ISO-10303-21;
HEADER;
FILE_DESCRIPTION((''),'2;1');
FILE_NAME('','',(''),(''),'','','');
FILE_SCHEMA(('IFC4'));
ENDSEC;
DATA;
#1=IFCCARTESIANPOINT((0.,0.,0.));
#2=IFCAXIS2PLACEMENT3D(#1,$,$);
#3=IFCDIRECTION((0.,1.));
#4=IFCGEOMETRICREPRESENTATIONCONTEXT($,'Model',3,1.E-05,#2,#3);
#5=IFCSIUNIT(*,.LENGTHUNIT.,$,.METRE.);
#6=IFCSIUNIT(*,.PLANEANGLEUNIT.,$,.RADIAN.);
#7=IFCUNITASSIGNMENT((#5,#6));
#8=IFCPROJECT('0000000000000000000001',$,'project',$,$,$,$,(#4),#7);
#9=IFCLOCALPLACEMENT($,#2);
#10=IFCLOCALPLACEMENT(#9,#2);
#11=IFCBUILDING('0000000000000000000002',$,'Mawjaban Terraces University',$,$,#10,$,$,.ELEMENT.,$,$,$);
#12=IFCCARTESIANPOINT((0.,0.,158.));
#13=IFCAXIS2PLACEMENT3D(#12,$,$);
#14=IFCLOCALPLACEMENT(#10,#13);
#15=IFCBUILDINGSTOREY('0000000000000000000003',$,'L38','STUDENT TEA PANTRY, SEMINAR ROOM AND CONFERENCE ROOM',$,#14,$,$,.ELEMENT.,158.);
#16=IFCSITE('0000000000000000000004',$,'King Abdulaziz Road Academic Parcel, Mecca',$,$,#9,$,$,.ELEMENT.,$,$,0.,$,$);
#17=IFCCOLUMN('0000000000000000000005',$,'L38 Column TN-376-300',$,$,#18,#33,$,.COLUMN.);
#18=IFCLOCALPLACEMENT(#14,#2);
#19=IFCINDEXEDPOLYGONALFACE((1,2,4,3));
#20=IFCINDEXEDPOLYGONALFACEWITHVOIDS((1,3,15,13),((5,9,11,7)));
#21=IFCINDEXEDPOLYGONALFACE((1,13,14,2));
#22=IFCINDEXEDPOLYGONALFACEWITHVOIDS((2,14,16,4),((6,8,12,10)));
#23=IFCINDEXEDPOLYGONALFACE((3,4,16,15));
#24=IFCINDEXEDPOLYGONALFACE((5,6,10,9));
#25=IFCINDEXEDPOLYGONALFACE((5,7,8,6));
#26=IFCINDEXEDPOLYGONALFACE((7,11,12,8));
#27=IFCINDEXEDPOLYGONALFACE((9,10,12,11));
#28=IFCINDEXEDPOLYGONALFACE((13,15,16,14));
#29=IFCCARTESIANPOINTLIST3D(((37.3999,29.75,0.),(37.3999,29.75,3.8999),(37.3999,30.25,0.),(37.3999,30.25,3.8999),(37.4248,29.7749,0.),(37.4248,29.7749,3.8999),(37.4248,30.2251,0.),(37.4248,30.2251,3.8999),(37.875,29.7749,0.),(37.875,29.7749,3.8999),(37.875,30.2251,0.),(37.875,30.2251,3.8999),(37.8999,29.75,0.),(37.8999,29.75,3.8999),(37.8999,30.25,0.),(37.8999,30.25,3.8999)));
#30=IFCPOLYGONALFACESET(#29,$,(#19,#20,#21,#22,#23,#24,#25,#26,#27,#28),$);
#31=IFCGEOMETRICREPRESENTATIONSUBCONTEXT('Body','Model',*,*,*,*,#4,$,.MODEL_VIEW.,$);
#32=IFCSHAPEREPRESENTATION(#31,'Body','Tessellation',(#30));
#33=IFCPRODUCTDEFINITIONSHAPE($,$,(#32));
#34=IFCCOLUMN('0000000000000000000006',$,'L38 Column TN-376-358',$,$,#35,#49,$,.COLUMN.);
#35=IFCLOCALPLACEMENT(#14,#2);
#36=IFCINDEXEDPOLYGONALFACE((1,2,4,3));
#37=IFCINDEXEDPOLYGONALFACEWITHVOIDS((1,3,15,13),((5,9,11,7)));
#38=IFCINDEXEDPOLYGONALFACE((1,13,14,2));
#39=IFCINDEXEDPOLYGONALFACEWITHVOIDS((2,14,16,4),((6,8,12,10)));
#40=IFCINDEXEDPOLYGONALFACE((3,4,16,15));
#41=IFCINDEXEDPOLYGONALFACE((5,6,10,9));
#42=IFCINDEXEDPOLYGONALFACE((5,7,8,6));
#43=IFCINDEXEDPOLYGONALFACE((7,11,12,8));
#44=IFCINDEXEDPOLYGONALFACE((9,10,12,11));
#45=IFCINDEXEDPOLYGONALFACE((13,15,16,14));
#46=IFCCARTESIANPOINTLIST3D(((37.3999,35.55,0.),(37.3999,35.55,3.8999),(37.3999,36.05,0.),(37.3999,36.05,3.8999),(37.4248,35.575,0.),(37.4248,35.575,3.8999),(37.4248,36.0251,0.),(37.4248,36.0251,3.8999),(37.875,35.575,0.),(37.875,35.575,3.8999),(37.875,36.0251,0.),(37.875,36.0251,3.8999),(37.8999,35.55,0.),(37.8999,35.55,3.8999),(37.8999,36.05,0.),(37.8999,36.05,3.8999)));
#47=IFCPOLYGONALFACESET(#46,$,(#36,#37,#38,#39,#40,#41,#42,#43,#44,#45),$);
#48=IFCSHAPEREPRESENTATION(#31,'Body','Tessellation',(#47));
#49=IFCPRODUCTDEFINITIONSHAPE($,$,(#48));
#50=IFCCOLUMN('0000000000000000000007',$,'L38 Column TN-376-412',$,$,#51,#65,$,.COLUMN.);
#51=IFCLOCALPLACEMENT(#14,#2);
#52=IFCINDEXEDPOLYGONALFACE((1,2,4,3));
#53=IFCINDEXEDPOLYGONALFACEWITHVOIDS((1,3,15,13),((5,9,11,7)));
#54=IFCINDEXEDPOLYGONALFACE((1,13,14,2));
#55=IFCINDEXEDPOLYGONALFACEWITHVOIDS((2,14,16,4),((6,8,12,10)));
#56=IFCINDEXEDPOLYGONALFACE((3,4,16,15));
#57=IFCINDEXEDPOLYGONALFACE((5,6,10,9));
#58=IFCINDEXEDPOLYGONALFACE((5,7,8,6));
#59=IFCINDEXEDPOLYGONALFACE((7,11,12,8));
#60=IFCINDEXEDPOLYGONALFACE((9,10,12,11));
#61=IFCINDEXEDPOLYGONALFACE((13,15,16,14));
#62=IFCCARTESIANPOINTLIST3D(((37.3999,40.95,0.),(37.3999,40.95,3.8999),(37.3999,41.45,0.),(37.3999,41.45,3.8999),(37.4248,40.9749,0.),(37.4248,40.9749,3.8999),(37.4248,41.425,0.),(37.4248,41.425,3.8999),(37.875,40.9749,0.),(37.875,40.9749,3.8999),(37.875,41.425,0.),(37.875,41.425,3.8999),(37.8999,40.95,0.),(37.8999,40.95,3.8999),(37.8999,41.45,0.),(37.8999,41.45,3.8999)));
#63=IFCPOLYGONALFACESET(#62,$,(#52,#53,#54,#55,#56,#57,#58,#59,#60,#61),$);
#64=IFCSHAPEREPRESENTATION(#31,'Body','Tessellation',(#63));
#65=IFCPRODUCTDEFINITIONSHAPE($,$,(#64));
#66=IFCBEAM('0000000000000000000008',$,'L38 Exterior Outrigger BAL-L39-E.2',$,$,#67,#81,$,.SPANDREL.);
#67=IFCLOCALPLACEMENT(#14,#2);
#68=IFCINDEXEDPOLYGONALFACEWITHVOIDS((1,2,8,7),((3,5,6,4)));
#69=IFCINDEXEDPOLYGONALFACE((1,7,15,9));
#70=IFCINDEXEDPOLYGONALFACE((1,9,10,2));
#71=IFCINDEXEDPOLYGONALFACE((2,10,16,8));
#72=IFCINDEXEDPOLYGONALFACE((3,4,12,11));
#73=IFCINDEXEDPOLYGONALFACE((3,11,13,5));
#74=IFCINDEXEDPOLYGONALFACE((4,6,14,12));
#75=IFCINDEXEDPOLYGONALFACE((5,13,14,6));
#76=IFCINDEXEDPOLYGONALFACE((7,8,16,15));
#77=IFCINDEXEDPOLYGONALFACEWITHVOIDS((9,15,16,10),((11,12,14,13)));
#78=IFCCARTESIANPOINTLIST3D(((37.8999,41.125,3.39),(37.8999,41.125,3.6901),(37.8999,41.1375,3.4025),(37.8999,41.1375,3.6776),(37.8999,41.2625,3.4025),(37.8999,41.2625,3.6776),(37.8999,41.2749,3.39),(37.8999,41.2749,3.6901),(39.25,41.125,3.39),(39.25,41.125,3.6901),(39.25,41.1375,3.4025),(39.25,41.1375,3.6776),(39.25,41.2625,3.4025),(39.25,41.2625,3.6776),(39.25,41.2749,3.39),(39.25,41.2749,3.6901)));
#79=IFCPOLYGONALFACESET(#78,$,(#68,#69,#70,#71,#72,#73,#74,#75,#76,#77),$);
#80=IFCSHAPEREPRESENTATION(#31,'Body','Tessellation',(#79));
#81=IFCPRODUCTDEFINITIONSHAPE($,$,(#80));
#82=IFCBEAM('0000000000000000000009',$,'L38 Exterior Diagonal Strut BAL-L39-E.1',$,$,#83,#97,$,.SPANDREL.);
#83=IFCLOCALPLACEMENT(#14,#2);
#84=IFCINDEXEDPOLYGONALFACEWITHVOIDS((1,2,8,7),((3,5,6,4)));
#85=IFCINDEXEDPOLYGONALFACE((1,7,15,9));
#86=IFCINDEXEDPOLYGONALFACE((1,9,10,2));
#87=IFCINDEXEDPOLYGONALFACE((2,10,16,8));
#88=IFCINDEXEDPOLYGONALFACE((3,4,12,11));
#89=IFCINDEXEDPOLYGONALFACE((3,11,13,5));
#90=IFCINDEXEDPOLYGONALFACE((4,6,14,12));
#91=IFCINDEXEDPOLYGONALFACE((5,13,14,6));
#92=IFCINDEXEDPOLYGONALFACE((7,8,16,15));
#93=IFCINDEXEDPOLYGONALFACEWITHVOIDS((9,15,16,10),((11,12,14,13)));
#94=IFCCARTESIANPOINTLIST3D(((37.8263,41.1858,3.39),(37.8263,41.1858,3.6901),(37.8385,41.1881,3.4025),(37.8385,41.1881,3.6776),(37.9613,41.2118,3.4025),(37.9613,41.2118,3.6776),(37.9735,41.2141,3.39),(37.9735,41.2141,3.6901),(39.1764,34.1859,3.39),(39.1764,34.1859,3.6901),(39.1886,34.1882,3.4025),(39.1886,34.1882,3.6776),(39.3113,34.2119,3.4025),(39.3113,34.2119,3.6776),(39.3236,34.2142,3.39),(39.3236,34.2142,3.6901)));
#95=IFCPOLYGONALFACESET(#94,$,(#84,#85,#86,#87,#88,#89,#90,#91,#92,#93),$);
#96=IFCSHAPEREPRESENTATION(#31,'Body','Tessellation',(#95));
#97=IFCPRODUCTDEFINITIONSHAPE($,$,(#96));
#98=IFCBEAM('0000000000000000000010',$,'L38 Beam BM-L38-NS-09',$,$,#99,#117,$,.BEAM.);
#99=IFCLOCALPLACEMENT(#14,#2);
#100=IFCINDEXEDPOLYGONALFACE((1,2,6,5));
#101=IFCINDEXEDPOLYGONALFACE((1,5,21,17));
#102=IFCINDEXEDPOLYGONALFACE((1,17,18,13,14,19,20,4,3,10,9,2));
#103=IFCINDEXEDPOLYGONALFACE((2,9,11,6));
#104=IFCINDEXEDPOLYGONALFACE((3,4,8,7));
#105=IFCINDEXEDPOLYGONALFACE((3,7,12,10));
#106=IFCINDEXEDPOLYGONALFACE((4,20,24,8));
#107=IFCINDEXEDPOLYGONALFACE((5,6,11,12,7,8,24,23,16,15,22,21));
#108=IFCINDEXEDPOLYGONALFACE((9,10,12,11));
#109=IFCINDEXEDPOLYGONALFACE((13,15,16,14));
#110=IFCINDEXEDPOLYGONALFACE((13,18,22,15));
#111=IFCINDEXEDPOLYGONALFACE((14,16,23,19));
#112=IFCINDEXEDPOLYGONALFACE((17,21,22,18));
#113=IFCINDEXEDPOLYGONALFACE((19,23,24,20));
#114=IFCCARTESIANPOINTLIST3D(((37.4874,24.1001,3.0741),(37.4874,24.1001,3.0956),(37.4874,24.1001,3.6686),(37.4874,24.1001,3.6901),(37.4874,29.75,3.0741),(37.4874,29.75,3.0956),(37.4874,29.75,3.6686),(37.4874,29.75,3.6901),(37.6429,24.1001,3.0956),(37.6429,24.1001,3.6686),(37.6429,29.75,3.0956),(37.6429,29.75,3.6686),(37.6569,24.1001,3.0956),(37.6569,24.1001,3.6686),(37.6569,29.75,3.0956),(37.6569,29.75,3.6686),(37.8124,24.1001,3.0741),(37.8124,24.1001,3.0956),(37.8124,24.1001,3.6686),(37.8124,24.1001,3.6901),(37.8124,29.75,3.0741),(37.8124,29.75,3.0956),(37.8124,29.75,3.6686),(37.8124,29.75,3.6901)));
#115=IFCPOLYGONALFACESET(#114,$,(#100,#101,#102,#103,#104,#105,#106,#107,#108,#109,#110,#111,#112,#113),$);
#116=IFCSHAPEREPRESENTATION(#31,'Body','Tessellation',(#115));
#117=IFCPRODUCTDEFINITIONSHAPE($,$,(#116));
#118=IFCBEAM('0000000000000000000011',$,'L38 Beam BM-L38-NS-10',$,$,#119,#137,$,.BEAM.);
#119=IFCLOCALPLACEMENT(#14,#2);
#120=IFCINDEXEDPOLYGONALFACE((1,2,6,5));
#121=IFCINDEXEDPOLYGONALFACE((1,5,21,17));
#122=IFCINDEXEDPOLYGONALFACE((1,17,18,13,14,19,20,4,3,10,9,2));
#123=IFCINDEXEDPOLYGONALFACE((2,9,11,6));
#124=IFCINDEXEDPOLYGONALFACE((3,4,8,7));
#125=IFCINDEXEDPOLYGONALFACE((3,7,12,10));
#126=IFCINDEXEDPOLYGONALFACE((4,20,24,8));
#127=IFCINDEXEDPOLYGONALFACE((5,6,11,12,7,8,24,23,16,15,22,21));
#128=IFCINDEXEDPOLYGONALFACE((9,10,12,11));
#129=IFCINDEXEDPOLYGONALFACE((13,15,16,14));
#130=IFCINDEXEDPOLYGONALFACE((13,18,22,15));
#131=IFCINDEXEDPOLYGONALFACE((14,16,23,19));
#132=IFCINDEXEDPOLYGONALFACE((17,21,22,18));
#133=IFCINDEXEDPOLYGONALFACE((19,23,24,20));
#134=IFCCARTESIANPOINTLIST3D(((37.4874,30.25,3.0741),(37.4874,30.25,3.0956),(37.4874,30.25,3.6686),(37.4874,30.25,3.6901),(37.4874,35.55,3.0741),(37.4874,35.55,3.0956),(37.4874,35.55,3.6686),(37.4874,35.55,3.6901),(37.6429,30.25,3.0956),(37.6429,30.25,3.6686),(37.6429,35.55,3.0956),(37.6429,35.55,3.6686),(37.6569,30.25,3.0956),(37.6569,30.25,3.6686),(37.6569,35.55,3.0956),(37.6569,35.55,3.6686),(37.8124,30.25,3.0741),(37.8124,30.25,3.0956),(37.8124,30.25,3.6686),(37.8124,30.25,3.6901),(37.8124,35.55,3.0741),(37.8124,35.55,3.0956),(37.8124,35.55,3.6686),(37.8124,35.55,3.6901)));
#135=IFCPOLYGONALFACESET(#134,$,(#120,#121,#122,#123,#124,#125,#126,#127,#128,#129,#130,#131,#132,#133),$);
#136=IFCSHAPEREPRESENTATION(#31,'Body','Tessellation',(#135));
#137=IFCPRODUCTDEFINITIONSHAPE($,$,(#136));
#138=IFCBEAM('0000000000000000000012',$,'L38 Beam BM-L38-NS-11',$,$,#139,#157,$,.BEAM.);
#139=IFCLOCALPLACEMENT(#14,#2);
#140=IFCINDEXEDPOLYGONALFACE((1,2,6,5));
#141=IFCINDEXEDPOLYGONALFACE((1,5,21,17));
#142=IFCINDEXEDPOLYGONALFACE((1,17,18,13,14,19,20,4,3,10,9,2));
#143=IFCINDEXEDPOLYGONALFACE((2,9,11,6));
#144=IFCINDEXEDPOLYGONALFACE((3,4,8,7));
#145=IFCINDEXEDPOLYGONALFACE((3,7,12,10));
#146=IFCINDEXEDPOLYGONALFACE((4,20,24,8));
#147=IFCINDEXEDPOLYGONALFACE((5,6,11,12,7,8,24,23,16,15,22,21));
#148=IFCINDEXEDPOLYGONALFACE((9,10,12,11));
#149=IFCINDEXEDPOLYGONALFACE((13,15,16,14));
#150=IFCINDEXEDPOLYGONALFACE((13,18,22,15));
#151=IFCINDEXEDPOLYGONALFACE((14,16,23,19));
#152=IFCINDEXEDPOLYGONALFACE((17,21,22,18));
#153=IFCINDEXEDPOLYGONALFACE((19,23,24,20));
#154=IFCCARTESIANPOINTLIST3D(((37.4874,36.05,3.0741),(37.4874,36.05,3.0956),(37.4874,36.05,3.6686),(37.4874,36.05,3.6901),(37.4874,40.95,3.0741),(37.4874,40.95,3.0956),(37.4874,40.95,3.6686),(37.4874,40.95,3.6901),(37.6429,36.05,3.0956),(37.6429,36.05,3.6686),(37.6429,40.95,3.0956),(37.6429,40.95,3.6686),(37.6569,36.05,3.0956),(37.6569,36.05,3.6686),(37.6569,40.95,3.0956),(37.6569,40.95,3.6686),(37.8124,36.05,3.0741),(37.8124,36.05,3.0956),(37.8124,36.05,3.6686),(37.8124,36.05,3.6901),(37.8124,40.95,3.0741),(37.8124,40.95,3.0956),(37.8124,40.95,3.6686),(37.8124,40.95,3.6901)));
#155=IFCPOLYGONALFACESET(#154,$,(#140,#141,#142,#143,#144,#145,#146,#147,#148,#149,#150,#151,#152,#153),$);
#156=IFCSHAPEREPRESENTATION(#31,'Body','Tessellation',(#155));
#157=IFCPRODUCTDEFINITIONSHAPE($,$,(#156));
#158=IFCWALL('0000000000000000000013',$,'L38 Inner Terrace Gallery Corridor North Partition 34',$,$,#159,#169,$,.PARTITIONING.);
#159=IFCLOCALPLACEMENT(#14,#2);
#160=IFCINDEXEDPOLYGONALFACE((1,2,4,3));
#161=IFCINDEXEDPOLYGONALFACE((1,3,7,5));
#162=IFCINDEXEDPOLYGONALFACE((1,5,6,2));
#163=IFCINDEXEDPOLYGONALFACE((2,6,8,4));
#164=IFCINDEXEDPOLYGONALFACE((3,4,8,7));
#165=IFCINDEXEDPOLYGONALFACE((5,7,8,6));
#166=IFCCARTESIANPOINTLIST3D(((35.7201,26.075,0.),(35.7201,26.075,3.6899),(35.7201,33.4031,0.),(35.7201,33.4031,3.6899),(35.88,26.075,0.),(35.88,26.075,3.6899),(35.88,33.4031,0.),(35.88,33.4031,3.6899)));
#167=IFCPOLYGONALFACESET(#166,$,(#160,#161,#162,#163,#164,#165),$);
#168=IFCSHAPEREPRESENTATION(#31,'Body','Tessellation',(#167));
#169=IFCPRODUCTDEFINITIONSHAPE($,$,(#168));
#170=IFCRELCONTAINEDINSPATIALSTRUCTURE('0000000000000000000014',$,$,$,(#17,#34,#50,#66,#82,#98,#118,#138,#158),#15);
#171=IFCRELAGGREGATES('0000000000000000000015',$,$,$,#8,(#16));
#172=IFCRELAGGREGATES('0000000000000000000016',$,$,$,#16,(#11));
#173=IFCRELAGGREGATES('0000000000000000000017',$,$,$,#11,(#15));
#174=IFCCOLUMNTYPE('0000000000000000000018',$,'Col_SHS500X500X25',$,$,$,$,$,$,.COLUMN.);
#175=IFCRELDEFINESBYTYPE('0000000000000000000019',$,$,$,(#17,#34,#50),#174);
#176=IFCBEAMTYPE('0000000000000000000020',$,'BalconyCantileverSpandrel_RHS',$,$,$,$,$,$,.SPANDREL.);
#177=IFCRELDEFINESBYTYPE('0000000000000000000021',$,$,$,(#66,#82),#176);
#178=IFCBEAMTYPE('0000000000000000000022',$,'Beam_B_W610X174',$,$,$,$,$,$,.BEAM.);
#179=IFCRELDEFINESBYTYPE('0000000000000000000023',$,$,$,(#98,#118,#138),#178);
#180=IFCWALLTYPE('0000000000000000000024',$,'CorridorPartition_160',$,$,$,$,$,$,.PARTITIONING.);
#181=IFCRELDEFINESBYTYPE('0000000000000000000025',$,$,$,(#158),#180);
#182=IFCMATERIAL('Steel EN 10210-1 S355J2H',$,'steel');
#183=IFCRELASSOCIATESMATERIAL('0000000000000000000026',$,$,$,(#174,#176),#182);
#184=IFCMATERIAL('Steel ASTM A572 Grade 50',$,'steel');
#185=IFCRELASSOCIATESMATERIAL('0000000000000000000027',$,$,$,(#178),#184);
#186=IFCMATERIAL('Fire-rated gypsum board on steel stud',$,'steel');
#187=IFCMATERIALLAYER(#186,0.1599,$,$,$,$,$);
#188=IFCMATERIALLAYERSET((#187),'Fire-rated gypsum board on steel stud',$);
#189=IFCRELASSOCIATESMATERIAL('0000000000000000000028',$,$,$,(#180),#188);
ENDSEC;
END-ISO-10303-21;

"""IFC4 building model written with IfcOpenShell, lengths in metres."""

from ifc_helpers import new_model, si_unit, direction, frame, frame_2d, origin, origin_2d, place, context, subcontext, project, spatial, rectangle, hollow_rectangle, i_section, extrude, material, layer, layer_set, material_profile, profile_set, type_object, element, save


model = new_model("IFC4")

# Units and contexts
model_context = context("Model", 3, precision=1e-05, world=origin(), true_north=direction((0.0, 1.0)))
body_context = subcontext(model_context, "Body", "Model", "MODEL_VIEW")
ifc_project = project(units=[si_unit("LENGTHUNIT", "METRE"), si_unit("PLANEANGLEUNIT", "RADIAN")], contexts=[model_context])

# Site, building, storey
site_placement = place(None, origin())
site = spatial("IfcSite", under=ifc_project, at=site_placement, Name="King Abdulaziz Road Academic Parcel, Mecca", CompositionType="ELEMENT", RefElevation=0.0)
building_placement = place(site_placement, origin())
building = spatial("IfcBuilding", under=site, at=building_placement, Name="Mawjaban Terraces University", CompositionType="ELEMENT")
storey_placement = place(building_placement, frame((0.0, 0.0, 158.0)))
storey = spatial("IfcBuildingStorey", under=building, at=storey_placement, Name="L38", Description="STUDENT TEA PANTRY, SEMINAR ROOM AND CONFERENCE ROOM", CompositionType="ELEMENT", Elevation=158.0)

# Columns
ifc_material_1 = material(Name="Steel EN 10210-1 S355J2H", Category="steel")
ifc_material_profile_1 = material_profile(ifc_material_1, hollow_rectangle(XDim=0.5, YDim=0.5, WallThickness=0.0249, at=origin_2d()), Name="SHS500X500X25")
ifc_profile_set_1 = profile_set([ifc_material_profile_1], Name="Steel EN 10210-1 S355J2H")
column_type = type_object("IfcColumnType", Name="Col_SHS500X500X25", PredefinedType="COLUMN", material=ifc_profile_set_1)
for number, where, z_axis, x_axis, name in (
    (1, (37.6499, 30.0, 0.0), (0.0, 0.0, 1.0), (1.0, 0.0, 0.0), "L38 Column TN-376-300"),
    (2, (37.6499, 35.8, 0.0), (0.0, 0.0, 1.0), (1.0, 0.0, 0.0), "L38 Column TN-376-358"),
    (3, (37.6499, 41.2, 0.0), (0.0, 0.0, 1.0), (1.0, 0.0, 0.0), "L38 Column TN-376-412"),
):
    element("IfcColumn", number, at=place(storey_placement, frame(where, z_axis=z_axis, x_axis=x_axis)), inside=storey, type_object=column_type, Name=name, PredefinedType="COLUMN", context=body_context, shape_type="SweptSolid", body=[
        extrude(hollow_rectangle(XDim=0.5, YDim=0.5, WallThickness=0.0249, at=origin_2d()), origin(), (0.0, 0.0, 1.0), 3.8999),
    ])

# Beams
ifc_material_profile_2 = material_profile(ifc_material_1, hollow_rectangle(XDim=0.1499, YDim=0.3, WallThickness=0.0125, at=origin_2d()), Name="RHS300X150X12.5")
ifc_profile_set_2 = profile_set([ifc_material_profile_2], Name="Steel EN 10210-1 S355J2H")
beam_type_1 = type_object("IfcBeamType", Name="BalconyCantileverSpandrel_RHS", PredefinedType="SPANDREL", material=ifc_profile_set_2)
beam_1_placement = place(storey_placement, frame((37.8999, 41.2, 3.54), z_axis=(1.0, 0.0, 0.0), x_axis=(0.0, 1.0, 0.0)))
element("IfcBeam", 4, at=beam_1_placement, inside=storey, type_object=beam_type_1, Name="L38 Exterior Outrigger BAL-L39-E.2", PredefinedType="SPANDREL", context=body_context, shape_type="SweptSolid", body=[
    extrude(hollow_rectangle(XDim=0.1499, YDim=0.3, WallThickness=0.0125, at=origin_2d()), origin(), (0.0, 0.0, 1.0), 1.3501),
])
beam_2_placement = place(storey_placement, frame((37.8999, 41.2, 3.54), z_axis=(0.189381, -0.981904, 0.0), x_axis=(0.981904, 0.189381, 0.0)))
element("IfcBeam", 5, at=beam_2_placement, inside=storey, type_object=beam_type_1, Name="L38 Exterior Diagonal Strut BAL-L39-E.1", PredefinedType="SPANDREL", context=body_context, shape_type="SweptSolid", body=[
    extrude(hollow_rectangle(XDim=0.1499, YDim=0.3, WallThickness=0.0125, at=origin_2d()), origin(), (0.0, 0.0, 1.0), 7.1289),
])
ifc_material_2 = material(Name="Steel ASTM A572 Grade 50", Category="steel")
ifc_material_profile_3 = material_profile(ifc_material_2, i_section(OverallWidth=0.325, OverallDepth=0.616, WebThickness=0.0139, FlangeThickness=0.0215, at=origin_2d()), Name="W610X174")
ifc_profile_set_3 = profile_set([ifc_material_profile_3], Name="Steel ASTM A572 Grade 50")
beam_type_2 = type_object("IfcBeamType", Name="Beam_B_W610X174", PredefinedType="BEAM", material=ifc_profile_set_3)
beam_3_placement = place(storey_placement, frame((37.6499, 24.1001, 3.3821), z_axis=(0.0, 1.0, 0.0), x_axis=(-1.0, 0.0, 0.0)))
element("IfcBeam", 6, at=beam_3_placement, inside=storey, type_object=beam_type_2, Name="L38 Beam BM-L38-NS-09", PredefinedType="BEAM", context=body_context, shape_type="SweptSolid", body=[
    extrude(i_section(OverallWidth=0.325, OverallDepth=0.616, WebThickness=0.0139, FlangeThickness=0.0215, at=origin_2d()), origin(), (0.0, 0.0, 1.0), 5.6499),
])
beam_4_placement = place(storey_placement, frame((37.6499, 30.25, 3.3821), z_axis=(0.0, 1.0, 0.0), x_axis=(-1.0, 0.0, 0.0)))
element("IfcBeam", 7, at=beam_4_placement, inside=storey, type_object=beam_type_2, Name="L38 Beam BM-L38-NS-10", PredefinedType="BEAM", context=body_context, shape_type="SweptSolid", body=[
    extrude(i_section(OverallWidth=0.325, OverallDepth=0.616, WebThickness=0.0139, FlangeThickness=0.0215, at=origin_2d()), origin(), (0.0, 0.0, 1.0), 5.3),
])
beam_5_placement = place(storey_placement, frame((37.6499, 36.05, 3.3821), z_axis=(0.0, 1.0, 0.0), x_axis=(-1.0, 0.0, 0.0)))
element("IfcBeam", 8, at=beam_5_placement, inside=storey, type_object=beam_type_2, Name="L38 Beam BM-L38-NS-11", PredefinedType="BEAM", context=body_context, shape_type="SweptSolid", body=[
    extrude(i_section(OverallWidth=0.325, OverallDepth=0.616, WebThickness=0.0139, FlangeThickness=0.0215, at=origin_2d()), origin(), (0.0, 0.0, 1.0), 4.8999),
])

# Wall
ifc_material_3 = material(Name="Fire-rated gypsum board on steel stud", Category="steel")
ifc_layer_1 = layer(ifc_material_3, 0.1599)
ifc_layer_set_1 = layer_set([ifc_layer_1], Name="Fire-rated gypsum board on steel stud")
wall_type_1 = type_object("IfcWallType", Name="CorridorPartition_160", PredefinedType="PARTITIONING", material=ifc_layer_set_1)
wall_1_placement = place(storey_placement, frame((35.8, 33.4031, 0.0), z_axis=(0.0, 0.0, 1.0), x_axis=(0.0, -1.0, 0.0)))
element("IfcWall", 9, at=wall_1_placement, inside=storey, type_object=wall_type_1, Name="L38 Inner Terrace Gallery Corridor North Partition 34", PredefinedType="PARTITIONING", context=body_context, shape_type="SweptSolid", body=[
    extrude(rectangle(XDim=7.3281, YDim=0.1599, at=frame_2d((3.6641, 0.0))), origin(), (0.0, 0.0, 1.0), 3.6899),
])

save(model, "model.ifc")
